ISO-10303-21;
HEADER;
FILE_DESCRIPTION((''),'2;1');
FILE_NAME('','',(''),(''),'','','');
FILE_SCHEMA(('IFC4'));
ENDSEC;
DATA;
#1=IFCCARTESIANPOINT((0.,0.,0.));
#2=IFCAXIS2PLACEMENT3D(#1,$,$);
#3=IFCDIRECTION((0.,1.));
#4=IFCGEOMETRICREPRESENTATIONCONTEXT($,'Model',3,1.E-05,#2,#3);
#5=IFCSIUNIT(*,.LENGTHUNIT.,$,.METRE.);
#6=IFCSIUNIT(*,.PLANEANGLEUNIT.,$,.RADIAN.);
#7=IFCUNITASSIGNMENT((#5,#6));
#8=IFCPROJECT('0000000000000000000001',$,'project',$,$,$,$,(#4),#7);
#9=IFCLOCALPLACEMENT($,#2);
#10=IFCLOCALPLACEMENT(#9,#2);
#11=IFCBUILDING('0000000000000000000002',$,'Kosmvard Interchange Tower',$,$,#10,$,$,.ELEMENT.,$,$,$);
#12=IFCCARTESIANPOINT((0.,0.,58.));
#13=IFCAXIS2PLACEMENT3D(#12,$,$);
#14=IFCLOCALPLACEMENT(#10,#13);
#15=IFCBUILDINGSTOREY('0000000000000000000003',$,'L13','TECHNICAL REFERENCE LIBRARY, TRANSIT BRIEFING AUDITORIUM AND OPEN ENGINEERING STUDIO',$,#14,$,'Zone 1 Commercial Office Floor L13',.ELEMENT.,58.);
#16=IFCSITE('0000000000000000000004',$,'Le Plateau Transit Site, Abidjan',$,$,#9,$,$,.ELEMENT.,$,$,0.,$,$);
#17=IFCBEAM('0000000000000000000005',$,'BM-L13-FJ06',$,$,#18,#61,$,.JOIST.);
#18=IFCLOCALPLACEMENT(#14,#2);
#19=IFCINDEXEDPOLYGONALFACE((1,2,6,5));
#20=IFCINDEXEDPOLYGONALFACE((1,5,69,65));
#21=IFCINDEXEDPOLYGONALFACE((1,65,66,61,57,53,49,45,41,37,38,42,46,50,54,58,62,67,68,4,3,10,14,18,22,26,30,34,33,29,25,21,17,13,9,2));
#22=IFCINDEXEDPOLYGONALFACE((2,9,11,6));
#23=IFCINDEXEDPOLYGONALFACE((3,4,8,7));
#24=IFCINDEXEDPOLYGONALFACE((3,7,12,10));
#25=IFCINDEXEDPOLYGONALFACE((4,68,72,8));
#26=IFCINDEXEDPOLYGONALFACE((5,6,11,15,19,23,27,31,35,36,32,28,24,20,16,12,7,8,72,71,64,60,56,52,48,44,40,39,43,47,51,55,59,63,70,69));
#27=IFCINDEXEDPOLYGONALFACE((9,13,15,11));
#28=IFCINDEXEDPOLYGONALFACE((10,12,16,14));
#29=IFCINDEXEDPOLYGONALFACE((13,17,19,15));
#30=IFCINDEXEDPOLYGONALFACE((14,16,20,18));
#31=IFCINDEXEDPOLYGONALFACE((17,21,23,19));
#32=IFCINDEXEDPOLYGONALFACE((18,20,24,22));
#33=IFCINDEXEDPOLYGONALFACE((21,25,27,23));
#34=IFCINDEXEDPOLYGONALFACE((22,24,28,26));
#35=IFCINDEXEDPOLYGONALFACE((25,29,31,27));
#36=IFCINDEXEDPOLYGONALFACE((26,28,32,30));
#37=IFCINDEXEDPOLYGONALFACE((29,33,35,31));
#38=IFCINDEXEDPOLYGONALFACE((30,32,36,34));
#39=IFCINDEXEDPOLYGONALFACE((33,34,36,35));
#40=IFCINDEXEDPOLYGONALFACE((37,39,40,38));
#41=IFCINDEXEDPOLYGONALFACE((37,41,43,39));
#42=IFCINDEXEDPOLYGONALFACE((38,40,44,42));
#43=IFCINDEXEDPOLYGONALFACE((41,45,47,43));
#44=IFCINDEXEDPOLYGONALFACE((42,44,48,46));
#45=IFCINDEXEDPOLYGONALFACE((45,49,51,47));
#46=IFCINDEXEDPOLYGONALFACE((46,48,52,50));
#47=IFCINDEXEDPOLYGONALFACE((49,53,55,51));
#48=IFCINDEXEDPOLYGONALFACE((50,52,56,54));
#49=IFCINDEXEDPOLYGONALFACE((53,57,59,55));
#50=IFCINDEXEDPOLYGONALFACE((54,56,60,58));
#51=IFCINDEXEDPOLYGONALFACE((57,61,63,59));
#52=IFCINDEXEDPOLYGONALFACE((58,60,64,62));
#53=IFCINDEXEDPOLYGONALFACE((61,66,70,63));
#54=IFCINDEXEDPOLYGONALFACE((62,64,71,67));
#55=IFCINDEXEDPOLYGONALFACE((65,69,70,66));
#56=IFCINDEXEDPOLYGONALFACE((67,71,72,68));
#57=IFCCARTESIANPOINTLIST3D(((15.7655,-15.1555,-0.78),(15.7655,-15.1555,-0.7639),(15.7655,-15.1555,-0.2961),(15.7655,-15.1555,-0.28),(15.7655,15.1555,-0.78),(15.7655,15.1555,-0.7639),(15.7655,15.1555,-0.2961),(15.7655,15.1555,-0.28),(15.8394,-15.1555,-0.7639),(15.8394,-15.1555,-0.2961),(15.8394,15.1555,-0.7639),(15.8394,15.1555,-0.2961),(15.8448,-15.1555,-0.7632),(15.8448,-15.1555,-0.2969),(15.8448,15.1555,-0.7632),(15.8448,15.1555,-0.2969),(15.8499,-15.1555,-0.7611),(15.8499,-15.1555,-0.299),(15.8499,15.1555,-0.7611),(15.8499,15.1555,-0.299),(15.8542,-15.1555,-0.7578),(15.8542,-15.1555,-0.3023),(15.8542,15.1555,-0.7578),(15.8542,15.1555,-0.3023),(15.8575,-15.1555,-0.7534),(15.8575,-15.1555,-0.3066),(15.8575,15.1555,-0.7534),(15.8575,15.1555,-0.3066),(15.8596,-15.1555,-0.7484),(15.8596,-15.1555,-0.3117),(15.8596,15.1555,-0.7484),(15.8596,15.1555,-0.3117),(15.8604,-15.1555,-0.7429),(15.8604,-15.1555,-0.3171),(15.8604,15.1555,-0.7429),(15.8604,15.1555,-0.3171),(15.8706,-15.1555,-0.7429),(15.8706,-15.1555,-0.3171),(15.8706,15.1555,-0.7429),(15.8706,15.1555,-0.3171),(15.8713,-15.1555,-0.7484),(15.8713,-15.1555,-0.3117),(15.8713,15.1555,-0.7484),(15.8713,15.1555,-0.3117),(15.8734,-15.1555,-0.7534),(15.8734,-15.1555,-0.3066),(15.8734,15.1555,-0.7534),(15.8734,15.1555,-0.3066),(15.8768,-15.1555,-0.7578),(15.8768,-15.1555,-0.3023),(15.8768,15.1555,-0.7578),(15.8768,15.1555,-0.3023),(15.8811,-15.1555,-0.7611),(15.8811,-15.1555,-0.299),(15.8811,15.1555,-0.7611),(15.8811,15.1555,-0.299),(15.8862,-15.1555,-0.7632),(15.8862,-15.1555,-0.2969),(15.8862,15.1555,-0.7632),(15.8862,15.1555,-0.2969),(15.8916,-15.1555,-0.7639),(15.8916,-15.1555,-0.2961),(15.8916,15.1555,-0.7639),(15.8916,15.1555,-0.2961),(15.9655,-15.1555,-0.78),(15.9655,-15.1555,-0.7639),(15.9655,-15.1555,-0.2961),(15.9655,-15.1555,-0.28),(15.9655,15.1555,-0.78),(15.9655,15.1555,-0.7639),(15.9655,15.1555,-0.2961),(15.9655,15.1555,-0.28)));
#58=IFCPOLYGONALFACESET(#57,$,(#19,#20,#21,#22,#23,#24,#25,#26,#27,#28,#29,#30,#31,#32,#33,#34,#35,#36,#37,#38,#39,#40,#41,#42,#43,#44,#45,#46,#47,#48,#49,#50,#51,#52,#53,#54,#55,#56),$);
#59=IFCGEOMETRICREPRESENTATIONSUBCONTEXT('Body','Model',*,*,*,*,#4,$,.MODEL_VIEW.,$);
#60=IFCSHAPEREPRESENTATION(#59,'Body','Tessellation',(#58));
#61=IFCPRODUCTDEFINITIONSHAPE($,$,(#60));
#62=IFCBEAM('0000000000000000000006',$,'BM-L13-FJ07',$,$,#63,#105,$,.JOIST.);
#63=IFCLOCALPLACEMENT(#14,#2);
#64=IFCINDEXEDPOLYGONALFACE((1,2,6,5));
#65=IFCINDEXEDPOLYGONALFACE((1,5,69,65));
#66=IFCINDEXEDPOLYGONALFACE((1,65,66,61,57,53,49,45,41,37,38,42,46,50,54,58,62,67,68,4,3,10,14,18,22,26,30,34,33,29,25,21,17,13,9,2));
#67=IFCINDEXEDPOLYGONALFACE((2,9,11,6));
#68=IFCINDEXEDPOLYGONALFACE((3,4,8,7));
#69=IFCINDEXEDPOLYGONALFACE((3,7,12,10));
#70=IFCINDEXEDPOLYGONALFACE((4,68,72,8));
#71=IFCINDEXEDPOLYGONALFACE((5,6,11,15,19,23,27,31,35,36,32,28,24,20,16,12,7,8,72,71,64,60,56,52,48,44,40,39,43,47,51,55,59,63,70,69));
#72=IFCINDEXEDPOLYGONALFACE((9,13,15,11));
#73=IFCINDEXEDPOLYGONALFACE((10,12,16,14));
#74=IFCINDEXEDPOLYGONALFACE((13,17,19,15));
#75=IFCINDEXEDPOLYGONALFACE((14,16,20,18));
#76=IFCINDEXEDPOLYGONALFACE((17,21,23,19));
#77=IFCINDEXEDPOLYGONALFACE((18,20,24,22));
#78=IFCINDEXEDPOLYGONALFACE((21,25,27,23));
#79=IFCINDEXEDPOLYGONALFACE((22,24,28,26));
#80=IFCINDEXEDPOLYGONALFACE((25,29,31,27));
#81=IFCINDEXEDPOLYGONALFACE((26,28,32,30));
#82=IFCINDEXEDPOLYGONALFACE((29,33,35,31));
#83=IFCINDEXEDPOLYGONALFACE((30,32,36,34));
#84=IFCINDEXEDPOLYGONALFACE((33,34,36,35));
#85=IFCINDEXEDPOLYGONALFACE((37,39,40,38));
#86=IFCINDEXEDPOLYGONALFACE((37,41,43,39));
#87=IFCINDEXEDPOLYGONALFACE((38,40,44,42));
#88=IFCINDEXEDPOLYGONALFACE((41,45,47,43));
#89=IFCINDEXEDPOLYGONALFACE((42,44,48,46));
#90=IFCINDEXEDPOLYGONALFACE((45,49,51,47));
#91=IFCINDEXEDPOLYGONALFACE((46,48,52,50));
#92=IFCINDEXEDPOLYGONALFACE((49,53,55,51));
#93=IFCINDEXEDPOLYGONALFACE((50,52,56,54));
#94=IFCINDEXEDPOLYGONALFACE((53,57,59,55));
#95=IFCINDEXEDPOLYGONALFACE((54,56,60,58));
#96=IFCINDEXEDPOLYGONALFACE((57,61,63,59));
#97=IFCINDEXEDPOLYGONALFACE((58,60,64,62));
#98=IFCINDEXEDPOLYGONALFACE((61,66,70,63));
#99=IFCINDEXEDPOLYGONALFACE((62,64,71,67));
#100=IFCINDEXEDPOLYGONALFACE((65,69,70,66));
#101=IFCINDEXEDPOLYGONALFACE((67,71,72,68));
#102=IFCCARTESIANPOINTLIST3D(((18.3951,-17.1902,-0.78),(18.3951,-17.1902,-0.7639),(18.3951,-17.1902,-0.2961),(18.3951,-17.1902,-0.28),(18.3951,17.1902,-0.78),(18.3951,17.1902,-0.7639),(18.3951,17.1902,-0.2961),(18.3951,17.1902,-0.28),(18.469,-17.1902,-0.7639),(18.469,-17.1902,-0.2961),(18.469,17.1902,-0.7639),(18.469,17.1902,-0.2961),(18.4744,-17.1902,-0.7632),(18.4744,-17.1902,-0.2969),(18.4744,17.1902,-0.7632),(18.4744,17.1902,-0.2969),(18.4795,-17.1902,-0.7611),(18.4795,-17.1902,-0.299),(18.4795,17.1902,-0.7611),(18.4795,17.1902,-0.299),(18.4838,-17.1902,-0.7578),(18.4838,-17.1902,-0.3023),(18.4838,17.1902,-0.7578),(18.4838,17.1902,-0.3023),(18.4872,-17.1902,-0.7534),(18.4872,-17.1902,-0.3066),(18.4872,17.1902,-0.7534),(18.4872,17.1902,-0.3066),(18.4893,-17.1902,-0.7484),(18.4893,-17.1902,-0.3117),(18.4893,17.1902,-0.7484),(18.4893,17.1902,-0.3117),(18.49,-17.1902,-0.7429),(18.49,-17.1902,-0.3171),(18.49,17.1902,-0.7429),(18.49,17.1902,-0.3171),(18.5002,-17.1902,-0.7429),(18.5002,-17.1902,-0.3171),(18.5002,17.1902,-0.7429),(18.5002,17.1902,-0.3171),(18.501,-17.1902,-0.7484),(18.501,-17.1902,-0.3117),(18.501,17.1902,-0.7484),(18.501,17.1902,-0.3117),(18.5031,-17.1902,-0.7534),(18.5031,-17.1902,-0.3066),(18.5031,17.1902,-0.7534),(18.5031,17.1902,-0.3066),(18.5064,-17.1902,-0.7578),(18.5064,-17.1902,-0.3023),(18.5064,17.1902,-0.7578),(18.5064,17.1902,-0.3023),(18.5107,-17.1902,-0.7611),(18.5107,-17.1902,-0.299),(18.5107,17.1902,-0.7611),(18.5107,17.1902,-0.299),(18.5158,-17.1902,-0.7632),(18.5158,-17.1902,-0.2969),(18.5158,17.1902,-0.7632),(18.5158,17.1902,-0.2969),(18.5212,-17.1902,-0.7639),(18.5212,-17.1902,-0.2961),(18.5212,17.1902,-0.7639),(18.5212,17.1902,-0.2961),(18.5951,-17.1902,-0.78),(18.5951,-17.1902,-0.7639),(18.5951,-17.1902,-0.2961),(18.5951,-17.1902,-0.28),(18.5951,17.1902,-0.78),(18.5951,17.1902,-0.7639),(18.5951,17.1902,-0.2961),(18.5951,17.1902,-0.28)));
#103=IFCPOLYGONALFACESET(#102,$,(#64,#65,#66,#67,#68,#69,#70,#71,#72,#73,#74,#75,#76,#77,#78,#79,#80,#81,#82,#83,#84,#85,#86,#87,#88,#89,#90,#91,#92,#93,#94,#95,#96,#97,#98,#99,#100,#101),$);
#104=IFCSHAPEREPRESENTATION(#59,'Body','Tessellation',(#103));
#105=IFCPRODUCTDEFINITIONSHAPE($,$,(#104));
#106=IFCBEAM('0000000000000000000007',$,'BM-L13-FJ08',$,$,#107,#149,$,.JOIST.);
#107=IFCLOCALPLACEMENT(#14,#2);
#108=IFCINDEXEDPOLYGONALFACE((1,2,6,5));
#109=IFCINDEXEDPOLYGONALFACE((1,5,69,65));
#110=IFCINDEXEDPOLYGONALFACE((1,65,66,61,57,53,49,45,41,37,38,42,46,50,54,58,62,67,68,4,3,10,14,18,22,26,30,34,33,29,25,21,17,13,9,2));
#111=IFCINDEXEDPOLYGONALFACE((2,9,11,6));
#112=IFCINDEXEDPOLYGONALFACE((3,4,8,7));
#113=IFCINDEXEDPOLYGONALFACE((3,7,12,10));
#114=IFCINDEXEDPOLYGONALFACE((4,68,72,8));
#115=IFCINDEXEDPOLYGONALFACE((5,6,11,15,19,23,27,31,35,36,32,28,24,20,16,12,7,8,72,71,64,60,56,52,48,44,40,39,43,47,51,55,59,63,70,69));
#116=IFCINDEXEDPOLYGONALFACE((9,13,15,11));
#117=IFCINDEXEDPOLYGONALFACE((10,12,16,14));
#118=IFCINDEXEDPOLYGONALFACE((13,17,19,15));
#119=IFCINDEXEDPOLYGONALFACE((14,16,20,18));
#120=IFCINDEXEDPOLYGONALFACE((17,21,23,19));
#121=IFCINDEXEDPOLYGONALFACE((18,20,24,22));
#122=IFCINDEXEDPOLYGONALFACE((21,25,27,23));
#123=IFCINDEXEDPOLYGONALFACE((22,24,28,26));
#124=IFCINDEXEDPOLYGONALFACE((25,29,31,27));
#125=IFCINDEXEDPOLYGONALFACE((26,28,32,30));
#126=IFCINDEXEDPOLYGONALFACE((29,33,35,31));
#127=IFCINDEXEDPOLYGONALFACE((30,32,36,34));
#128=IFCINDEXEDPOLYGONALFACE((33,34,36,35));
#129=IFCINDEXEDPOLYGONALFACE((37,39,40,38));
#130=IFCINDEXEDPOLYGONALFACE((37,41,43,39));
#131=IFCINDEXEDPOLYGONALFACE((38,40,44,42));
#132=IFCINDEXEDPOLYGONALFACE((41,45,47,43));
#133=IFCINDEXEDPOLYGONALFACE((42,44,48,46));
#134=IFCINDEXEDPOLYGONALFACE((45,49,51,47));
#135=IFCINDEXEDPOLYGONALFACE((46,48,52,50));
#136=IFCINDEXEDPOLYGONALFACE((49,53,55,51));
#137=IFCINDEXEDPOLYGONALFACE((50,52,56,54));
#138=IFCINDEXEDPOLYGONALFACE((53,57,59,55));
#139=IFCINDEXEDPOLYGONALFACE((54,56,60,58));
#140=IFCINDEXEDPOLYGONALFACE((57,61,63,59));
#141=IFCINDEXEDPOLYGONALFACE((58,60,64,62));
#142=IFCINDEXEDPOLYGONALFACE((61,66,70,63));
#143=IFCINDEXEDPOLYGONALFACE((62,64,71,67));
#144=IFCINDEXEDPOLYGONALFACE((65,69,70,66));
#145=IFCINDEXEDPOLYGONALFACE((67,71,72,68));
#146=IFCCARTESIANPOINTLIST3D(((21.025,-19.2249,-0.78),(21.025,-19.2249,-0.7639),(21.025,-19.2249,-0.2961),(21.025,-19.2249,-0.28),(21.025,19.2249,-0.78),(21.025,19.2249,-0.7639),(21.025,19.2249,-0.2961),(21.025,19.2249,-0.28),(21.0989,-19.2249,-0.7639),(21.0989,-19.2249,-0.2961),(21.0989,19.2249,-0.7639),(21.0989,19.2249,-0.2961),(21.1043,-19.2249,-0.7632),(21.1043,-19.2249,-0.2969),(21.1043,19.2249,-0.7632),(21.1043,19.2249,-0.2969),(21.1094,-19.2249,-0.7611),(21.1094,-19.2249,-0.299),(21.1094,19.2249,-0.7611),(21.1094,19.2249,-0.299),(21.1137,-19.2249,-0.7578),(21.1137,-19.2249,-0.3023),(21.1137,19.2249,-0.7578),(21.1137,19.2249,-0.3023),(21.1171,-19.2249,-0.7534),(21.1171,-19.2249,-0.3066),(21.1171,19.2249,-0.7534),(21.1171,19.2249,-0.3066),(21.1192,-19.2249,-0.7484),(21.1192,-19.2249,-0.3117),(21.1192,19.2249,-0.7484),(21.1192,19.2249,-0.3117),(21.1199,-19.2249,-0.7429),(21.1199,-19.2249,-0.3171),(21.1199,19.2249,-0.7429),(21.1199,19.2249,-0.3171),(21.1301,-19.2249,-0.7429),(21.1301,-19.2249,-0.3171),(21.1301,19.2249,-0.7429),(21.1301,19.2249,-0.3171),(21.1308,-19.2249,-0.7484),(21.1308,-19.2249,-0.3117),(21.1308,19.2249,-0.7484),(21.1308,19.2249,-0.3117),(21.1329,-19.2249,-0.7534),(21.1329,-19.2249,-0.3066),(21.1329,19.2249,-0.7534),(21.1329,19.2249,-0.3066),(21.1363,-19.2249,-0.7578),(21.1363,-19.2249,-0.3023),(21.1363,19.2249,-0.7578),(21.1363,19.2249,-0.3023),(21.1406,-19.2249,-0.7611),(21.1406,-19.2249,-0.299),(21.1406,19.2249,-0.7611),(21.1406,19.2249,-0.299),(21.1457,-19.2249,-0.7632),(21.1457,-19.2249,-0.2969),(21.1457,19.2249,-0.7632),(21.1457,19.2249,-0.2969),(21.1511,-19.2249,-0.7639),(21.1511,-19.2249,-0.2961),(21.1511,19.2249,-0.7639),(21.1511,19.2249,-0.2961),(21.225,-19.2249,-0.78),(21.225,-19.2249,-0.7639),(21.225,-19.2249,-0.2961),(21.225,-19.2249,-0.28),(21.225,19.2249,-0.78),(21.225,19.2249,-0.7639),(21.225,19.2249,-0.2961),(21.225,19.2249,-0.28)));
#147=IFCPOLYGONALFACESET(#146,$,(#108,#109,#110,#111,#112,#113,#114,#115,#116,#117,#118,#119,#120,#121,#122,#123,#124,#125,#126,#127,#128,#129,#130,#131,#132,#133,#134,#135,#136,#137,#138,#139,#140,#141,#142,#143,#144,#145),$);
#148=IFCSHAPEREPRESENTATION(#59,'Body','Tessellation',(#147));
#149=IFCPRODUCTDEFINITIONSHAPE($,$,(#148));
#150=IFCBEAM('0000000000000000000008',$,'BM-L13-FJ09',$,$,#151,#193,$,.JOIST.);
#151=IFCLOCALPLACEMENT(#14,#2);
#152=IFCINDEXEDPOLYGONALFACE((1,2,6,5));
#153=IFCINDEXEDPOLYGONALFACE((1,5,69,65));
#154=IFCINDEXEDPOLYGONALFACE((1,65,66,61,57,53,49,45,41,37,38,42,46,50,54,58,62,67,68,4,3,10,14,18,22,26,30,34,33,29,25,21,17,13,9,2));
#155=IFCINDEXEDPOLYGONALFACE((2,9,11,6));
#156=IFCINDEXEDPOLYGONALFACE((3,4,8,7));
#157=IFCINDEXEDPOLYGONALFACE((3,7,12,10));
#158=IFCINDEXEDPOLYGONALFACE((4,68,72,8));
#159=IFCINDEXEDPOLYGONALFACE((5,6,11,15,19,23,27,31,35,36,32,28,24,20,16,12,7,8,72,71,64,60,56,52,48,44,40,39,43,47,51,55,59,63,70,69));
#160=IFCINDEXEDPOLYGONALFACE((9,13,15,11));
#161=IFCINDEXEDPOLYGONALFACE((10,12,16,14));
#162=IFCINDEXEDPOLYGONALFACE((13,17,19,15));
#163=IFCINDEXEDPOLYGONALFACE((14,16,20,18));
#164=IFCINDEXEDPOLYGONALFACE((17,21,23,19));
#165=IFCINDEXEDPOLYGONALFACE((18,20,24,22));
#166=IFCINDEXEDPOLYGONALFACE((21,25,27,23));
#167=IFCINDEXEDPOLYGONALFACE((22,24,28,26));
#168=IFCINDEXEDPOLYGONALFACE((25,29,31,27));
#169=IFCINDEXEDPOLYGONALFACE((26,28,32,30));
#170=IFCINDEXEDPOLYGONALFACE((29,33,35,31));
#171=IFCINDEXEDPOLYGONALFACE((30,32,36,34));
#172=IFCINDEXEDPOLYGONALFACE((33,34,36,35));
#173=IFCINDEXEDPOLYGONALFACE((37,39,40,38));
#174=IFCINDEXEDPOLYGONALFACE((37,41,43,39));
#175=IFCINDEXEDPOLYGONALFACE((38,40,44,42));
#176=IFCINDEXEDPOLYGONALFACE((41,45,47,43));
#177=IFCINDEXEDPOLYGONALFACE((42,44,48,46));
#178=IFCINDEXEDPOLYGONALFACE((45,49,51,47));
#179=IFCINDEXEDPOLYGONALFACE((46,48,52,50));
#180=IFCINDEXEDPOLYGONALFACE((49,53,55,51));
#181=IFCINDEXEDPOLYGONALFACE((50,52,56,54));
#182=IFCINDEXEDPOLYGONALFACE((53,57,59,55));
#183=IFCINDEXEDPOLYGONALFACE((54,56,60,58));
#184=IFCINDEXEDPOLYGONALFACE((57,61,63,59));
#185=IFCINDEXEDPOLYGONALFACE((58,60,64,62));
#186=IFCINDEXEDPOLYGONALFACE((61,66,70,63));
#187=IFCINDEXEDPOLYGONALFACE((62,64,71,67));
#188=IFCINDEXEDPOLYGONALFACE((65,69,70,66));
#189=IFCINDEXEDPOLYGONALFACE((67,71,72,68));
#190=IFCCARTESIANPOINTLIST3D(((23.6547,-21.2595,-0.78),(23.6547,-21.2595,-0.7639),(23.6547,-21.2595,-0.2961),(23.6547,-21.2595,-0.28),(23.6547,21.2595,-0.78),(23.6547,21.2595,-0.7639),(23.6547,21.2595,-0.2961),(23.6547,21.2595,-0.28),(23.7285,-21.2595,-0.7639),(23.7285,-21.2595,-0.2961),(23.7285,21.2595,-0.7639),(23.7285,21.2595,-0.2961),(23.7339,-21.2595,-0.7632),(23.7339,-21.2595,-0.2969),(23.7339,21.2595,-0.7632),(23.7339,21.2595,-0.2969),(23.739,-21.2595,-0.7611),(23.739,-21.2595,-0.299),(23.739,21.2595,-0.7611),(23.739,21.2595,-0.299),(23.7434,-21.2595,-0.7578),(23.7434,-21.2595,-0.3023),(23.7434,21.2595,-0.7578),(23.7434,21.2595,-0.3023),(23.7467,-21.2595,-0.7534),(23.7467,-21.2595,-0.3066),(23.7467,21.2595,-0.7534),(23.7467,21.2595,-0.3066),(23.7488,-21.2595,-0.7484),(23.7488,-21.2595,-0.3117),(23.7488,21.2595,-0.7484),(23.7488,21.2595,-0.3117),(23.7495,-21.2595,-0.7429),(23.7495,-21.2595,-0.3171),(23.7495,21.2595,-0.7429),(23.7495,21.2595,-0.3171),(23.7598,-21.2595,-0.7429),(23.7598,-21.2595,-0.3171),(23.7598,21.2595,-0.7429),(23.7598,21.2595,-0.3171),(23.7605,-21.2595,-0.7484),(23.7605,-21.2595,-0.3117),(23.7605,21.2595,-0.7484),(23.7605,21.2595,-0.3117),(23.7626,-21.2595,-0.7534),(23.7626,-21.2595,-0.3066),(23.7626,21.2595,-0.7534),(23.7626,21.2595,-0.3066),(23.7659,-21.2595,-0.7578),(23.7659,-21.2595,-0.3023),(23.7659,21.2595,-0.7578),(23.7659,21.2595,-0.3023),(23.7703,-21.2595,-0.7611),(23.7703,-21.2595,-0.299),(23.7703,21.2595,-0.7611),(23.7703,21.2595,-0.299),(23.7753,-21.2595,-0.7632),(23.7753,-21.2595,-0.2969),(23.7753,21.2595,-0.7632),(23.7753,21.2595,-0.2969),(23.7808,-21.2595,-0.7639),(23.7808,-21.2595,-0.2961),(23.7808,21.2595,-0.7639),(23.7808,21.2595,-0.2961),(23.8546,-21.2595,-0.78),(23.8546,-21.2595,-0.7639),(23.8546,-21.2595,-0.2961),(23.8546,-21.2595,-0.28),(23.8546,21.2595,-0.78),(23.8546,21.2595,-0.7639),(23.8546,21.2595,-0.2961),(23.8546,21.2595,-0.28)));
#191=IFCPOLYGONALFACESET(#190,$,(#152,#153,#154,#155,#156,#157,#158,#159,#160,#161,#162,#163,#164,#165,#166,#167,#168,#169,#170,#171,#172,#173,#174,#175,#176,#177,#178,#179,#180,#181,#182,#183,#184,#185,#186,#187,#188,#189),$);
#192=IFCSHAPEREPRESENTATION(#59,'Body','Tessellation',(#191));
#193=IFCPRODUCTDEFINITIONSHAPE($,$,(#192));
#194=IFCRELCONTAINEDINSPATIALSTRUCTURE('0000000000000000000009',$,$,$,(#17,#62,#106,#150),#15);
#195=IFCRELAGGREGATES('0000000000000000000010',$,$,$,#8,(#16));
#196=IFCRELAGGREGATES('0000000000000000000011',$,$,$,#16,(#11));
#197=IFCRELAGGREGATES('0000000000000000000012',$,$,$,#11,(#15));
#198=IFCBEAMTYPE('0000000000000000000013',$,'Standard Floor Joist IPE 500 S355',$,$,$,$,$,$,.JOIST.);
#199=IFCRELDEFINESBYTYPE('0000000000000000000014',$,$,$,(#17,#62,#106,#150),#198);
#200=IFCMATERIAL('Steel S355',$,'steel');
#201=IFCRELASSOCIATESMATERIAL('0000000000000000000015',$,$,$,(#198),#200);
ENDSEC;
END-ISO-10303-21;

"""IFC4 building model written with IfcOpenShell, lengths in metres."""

from ifc_helpers import new_model, si_unit, direction, frame, origin, origin_2d, place, context, subcontext, project, spatial, i_section, extrude, source, transform, mapped, material, material_profile, profile_set, type_object, element, save


model = new_model("IFC4")

# Units and contexts
model_context = context("Model", 3, precision=1e-05, world=origin(), true_north=direction((0.0, 1.0)))
body_context = subcontext(model_context, "Body", "Model", "MODEL_VIEW")
ifc_project = project(units=[si_unit("LENGTHUNIT", "METRE"), si_unit("PLANEANGLEUNIT", "RADIAN")], contexts=[model_context])

# Site, building, storey
site_placement = place(None, origin())
site = spatial("IfcSite", under=ifc_project, at=site_placement, Name="Le Plateau Transit Site, Abidjan", CompositionType="ELEMENT", RefElevation=0.0)
building_placement = place(site_placement, origin())
building = spatial("IfcBuilding", under=site, at=building_placement, Name="Kosmvard Interchange Tower", CompositionType="ELEMENT")
storey_placement = place(building_placement, frame((0.0, 0.0, 58.0)))
storey = spatial("IfcBuildingStorey", under=building, at=storey_placement, Name="L13", Description="TECHNICAL REFERENCE LIBRARY, TRANSIT BRIEFING AUDITORIUM AND OPEN ENGINEERING STUDIO", LongName="Zone 1 Commercial Office Floor L13", CompositionType="ELEMENT", Elevation=58.0)

# Beams
ifc_material_1 = material(Name="Steel S355", Category="steel")
ifc_material_profile_1 = material_profile(ifc_material_1, i_section(OverallWidth=0.2, OverallDepth=0.5, WebThickness=0.0103, FlangeThickness=0.0161, FilletRadius=0.021, at=origin_2d()), Name="IPE 500")
ifc_profile_set_1 = profile_set([ifc_material_profile_1], Name="Steel S355")
beam_type_1 = type_object("IfcBeamType", Name="Standard Floor Joist IPE 500 S355", PredefinedType="JOIST", material=ifc_profile_set_1)
shared_shape_1 = source(origin(), body_context, "Body", "SweptSolid", [
    extrude(i_section(OverallWidth=0.2, OverallDepth=0.5, WebThickness=0.0103, FlangeThickness=0.0161, FilletRadius=0.021, at=origin_2d()), origin(), (0.0, 0.0, 1.0), 30.311),
])
beam_1_placement = place(storey_placement, frame((15.8655, -15.1555, -0.53), z_axis=(0.0, 1.0, 0.0), x_axis=(-1.0, 0.0, 0.0)))
element("IfcBeam", 1, at=beam_1_placement, inside=storey, type_object=beam_type_1, Name="BM-L13-FJ06", PredefinedType="JOIST", context=body_context, shape_type="MappedRepresentation", body=[
    mapped(shared_shape_1, transform((0.0, 0.0, 0.0), scale=1.0)),
])
shared_shape_2 = source(origin(), body_context, "Body", "SweptSolid", [
    extrude(i_section(OverallWidth=0.2, OverallDepth=0.5, WebThickness=0.0103, FlangeThickness=0.0161, FilletRadius=0.021, at=origin_2d()), origin(), (0.0, 0.0, 1.0), 34.3804),
])
beam_2_placement = place(storey_placement, frame((18.4951, -17.1902, -0.53), z_axis=(0.0, 1.0, 0.0), x_axis=(-1.0, 0.0, 0.0)))
element("IfcBeam", 2, at=beam_2_placement, inside=storey, type_object=beam_type_1, Name="BM-L13-FJ07", PredefinedType="JOIST", context=body_context, shape_type="MappedRepresentation", body=[
    mapped(shared_shape_2, transform((0.0, 0.0, 0.0), scale=1.0)),
])
shared_shape_3 = source(origin(), body_context, "Body", "SweptSolid", [
    extrude(i_section(OverallWidth=0.2, OverallDepth=0.5, WebThickness=0.0103, FlangeThickness=0.0161, FilletRadius=0.021, at=origin_2d()), origin(), (0.0, 0.0, 1.0), 38.4497),
])
beam_3_placement = place(storey_placement, frame((21.125, -19.2249, -0.53), z_axis=(0.0, 1.0, 0.0), x_axis=(-1.0, 0.0, 0.0)))
element("IfcBeam", 3, at=beam_3_placement, inside=storey, type_object=beam_type_1, Name="BM-L13-FJ08", PredefinedType="JOIST", context=body_context, shape_type="MappedRepresentation", body=[
    mapped(shared_shape_3, transform((0.0, 0.0, 0.0), scale=1.0)),
])
shared_shape_4 = source(origin(), body_context, "Body", "SweptSolid", [
    extrude(i_section(OverallWidth=0.2, OverallDepth=0.5, WebThickness=0.0103, FlangeThickness=0.0161, FilletRadius=0.021, at=origin_2d()), origin(), (0.0, 0.0, 1.0), 42.519),
])
beam_4_placement = place(storey_placement, frame((23.7546, -21.2595, -0.53), z_axis=(0.0, 1.0, 0.0), x_axis=(-1.0, 0.0, 0.0)))
element("IfcBeam", 4, at=beam_4_placement, inside=storey, type_object=beam_type_1, Name="BM-L13-FJ09", PredefinedType="JOIST", context=body_context, shape_type="MappedRepresentation", body=[
    mapped(shared_shape_4, transform((0.0, 0.0, 0.0), scale=1.0)),
])

save(model, "model.ifc")
